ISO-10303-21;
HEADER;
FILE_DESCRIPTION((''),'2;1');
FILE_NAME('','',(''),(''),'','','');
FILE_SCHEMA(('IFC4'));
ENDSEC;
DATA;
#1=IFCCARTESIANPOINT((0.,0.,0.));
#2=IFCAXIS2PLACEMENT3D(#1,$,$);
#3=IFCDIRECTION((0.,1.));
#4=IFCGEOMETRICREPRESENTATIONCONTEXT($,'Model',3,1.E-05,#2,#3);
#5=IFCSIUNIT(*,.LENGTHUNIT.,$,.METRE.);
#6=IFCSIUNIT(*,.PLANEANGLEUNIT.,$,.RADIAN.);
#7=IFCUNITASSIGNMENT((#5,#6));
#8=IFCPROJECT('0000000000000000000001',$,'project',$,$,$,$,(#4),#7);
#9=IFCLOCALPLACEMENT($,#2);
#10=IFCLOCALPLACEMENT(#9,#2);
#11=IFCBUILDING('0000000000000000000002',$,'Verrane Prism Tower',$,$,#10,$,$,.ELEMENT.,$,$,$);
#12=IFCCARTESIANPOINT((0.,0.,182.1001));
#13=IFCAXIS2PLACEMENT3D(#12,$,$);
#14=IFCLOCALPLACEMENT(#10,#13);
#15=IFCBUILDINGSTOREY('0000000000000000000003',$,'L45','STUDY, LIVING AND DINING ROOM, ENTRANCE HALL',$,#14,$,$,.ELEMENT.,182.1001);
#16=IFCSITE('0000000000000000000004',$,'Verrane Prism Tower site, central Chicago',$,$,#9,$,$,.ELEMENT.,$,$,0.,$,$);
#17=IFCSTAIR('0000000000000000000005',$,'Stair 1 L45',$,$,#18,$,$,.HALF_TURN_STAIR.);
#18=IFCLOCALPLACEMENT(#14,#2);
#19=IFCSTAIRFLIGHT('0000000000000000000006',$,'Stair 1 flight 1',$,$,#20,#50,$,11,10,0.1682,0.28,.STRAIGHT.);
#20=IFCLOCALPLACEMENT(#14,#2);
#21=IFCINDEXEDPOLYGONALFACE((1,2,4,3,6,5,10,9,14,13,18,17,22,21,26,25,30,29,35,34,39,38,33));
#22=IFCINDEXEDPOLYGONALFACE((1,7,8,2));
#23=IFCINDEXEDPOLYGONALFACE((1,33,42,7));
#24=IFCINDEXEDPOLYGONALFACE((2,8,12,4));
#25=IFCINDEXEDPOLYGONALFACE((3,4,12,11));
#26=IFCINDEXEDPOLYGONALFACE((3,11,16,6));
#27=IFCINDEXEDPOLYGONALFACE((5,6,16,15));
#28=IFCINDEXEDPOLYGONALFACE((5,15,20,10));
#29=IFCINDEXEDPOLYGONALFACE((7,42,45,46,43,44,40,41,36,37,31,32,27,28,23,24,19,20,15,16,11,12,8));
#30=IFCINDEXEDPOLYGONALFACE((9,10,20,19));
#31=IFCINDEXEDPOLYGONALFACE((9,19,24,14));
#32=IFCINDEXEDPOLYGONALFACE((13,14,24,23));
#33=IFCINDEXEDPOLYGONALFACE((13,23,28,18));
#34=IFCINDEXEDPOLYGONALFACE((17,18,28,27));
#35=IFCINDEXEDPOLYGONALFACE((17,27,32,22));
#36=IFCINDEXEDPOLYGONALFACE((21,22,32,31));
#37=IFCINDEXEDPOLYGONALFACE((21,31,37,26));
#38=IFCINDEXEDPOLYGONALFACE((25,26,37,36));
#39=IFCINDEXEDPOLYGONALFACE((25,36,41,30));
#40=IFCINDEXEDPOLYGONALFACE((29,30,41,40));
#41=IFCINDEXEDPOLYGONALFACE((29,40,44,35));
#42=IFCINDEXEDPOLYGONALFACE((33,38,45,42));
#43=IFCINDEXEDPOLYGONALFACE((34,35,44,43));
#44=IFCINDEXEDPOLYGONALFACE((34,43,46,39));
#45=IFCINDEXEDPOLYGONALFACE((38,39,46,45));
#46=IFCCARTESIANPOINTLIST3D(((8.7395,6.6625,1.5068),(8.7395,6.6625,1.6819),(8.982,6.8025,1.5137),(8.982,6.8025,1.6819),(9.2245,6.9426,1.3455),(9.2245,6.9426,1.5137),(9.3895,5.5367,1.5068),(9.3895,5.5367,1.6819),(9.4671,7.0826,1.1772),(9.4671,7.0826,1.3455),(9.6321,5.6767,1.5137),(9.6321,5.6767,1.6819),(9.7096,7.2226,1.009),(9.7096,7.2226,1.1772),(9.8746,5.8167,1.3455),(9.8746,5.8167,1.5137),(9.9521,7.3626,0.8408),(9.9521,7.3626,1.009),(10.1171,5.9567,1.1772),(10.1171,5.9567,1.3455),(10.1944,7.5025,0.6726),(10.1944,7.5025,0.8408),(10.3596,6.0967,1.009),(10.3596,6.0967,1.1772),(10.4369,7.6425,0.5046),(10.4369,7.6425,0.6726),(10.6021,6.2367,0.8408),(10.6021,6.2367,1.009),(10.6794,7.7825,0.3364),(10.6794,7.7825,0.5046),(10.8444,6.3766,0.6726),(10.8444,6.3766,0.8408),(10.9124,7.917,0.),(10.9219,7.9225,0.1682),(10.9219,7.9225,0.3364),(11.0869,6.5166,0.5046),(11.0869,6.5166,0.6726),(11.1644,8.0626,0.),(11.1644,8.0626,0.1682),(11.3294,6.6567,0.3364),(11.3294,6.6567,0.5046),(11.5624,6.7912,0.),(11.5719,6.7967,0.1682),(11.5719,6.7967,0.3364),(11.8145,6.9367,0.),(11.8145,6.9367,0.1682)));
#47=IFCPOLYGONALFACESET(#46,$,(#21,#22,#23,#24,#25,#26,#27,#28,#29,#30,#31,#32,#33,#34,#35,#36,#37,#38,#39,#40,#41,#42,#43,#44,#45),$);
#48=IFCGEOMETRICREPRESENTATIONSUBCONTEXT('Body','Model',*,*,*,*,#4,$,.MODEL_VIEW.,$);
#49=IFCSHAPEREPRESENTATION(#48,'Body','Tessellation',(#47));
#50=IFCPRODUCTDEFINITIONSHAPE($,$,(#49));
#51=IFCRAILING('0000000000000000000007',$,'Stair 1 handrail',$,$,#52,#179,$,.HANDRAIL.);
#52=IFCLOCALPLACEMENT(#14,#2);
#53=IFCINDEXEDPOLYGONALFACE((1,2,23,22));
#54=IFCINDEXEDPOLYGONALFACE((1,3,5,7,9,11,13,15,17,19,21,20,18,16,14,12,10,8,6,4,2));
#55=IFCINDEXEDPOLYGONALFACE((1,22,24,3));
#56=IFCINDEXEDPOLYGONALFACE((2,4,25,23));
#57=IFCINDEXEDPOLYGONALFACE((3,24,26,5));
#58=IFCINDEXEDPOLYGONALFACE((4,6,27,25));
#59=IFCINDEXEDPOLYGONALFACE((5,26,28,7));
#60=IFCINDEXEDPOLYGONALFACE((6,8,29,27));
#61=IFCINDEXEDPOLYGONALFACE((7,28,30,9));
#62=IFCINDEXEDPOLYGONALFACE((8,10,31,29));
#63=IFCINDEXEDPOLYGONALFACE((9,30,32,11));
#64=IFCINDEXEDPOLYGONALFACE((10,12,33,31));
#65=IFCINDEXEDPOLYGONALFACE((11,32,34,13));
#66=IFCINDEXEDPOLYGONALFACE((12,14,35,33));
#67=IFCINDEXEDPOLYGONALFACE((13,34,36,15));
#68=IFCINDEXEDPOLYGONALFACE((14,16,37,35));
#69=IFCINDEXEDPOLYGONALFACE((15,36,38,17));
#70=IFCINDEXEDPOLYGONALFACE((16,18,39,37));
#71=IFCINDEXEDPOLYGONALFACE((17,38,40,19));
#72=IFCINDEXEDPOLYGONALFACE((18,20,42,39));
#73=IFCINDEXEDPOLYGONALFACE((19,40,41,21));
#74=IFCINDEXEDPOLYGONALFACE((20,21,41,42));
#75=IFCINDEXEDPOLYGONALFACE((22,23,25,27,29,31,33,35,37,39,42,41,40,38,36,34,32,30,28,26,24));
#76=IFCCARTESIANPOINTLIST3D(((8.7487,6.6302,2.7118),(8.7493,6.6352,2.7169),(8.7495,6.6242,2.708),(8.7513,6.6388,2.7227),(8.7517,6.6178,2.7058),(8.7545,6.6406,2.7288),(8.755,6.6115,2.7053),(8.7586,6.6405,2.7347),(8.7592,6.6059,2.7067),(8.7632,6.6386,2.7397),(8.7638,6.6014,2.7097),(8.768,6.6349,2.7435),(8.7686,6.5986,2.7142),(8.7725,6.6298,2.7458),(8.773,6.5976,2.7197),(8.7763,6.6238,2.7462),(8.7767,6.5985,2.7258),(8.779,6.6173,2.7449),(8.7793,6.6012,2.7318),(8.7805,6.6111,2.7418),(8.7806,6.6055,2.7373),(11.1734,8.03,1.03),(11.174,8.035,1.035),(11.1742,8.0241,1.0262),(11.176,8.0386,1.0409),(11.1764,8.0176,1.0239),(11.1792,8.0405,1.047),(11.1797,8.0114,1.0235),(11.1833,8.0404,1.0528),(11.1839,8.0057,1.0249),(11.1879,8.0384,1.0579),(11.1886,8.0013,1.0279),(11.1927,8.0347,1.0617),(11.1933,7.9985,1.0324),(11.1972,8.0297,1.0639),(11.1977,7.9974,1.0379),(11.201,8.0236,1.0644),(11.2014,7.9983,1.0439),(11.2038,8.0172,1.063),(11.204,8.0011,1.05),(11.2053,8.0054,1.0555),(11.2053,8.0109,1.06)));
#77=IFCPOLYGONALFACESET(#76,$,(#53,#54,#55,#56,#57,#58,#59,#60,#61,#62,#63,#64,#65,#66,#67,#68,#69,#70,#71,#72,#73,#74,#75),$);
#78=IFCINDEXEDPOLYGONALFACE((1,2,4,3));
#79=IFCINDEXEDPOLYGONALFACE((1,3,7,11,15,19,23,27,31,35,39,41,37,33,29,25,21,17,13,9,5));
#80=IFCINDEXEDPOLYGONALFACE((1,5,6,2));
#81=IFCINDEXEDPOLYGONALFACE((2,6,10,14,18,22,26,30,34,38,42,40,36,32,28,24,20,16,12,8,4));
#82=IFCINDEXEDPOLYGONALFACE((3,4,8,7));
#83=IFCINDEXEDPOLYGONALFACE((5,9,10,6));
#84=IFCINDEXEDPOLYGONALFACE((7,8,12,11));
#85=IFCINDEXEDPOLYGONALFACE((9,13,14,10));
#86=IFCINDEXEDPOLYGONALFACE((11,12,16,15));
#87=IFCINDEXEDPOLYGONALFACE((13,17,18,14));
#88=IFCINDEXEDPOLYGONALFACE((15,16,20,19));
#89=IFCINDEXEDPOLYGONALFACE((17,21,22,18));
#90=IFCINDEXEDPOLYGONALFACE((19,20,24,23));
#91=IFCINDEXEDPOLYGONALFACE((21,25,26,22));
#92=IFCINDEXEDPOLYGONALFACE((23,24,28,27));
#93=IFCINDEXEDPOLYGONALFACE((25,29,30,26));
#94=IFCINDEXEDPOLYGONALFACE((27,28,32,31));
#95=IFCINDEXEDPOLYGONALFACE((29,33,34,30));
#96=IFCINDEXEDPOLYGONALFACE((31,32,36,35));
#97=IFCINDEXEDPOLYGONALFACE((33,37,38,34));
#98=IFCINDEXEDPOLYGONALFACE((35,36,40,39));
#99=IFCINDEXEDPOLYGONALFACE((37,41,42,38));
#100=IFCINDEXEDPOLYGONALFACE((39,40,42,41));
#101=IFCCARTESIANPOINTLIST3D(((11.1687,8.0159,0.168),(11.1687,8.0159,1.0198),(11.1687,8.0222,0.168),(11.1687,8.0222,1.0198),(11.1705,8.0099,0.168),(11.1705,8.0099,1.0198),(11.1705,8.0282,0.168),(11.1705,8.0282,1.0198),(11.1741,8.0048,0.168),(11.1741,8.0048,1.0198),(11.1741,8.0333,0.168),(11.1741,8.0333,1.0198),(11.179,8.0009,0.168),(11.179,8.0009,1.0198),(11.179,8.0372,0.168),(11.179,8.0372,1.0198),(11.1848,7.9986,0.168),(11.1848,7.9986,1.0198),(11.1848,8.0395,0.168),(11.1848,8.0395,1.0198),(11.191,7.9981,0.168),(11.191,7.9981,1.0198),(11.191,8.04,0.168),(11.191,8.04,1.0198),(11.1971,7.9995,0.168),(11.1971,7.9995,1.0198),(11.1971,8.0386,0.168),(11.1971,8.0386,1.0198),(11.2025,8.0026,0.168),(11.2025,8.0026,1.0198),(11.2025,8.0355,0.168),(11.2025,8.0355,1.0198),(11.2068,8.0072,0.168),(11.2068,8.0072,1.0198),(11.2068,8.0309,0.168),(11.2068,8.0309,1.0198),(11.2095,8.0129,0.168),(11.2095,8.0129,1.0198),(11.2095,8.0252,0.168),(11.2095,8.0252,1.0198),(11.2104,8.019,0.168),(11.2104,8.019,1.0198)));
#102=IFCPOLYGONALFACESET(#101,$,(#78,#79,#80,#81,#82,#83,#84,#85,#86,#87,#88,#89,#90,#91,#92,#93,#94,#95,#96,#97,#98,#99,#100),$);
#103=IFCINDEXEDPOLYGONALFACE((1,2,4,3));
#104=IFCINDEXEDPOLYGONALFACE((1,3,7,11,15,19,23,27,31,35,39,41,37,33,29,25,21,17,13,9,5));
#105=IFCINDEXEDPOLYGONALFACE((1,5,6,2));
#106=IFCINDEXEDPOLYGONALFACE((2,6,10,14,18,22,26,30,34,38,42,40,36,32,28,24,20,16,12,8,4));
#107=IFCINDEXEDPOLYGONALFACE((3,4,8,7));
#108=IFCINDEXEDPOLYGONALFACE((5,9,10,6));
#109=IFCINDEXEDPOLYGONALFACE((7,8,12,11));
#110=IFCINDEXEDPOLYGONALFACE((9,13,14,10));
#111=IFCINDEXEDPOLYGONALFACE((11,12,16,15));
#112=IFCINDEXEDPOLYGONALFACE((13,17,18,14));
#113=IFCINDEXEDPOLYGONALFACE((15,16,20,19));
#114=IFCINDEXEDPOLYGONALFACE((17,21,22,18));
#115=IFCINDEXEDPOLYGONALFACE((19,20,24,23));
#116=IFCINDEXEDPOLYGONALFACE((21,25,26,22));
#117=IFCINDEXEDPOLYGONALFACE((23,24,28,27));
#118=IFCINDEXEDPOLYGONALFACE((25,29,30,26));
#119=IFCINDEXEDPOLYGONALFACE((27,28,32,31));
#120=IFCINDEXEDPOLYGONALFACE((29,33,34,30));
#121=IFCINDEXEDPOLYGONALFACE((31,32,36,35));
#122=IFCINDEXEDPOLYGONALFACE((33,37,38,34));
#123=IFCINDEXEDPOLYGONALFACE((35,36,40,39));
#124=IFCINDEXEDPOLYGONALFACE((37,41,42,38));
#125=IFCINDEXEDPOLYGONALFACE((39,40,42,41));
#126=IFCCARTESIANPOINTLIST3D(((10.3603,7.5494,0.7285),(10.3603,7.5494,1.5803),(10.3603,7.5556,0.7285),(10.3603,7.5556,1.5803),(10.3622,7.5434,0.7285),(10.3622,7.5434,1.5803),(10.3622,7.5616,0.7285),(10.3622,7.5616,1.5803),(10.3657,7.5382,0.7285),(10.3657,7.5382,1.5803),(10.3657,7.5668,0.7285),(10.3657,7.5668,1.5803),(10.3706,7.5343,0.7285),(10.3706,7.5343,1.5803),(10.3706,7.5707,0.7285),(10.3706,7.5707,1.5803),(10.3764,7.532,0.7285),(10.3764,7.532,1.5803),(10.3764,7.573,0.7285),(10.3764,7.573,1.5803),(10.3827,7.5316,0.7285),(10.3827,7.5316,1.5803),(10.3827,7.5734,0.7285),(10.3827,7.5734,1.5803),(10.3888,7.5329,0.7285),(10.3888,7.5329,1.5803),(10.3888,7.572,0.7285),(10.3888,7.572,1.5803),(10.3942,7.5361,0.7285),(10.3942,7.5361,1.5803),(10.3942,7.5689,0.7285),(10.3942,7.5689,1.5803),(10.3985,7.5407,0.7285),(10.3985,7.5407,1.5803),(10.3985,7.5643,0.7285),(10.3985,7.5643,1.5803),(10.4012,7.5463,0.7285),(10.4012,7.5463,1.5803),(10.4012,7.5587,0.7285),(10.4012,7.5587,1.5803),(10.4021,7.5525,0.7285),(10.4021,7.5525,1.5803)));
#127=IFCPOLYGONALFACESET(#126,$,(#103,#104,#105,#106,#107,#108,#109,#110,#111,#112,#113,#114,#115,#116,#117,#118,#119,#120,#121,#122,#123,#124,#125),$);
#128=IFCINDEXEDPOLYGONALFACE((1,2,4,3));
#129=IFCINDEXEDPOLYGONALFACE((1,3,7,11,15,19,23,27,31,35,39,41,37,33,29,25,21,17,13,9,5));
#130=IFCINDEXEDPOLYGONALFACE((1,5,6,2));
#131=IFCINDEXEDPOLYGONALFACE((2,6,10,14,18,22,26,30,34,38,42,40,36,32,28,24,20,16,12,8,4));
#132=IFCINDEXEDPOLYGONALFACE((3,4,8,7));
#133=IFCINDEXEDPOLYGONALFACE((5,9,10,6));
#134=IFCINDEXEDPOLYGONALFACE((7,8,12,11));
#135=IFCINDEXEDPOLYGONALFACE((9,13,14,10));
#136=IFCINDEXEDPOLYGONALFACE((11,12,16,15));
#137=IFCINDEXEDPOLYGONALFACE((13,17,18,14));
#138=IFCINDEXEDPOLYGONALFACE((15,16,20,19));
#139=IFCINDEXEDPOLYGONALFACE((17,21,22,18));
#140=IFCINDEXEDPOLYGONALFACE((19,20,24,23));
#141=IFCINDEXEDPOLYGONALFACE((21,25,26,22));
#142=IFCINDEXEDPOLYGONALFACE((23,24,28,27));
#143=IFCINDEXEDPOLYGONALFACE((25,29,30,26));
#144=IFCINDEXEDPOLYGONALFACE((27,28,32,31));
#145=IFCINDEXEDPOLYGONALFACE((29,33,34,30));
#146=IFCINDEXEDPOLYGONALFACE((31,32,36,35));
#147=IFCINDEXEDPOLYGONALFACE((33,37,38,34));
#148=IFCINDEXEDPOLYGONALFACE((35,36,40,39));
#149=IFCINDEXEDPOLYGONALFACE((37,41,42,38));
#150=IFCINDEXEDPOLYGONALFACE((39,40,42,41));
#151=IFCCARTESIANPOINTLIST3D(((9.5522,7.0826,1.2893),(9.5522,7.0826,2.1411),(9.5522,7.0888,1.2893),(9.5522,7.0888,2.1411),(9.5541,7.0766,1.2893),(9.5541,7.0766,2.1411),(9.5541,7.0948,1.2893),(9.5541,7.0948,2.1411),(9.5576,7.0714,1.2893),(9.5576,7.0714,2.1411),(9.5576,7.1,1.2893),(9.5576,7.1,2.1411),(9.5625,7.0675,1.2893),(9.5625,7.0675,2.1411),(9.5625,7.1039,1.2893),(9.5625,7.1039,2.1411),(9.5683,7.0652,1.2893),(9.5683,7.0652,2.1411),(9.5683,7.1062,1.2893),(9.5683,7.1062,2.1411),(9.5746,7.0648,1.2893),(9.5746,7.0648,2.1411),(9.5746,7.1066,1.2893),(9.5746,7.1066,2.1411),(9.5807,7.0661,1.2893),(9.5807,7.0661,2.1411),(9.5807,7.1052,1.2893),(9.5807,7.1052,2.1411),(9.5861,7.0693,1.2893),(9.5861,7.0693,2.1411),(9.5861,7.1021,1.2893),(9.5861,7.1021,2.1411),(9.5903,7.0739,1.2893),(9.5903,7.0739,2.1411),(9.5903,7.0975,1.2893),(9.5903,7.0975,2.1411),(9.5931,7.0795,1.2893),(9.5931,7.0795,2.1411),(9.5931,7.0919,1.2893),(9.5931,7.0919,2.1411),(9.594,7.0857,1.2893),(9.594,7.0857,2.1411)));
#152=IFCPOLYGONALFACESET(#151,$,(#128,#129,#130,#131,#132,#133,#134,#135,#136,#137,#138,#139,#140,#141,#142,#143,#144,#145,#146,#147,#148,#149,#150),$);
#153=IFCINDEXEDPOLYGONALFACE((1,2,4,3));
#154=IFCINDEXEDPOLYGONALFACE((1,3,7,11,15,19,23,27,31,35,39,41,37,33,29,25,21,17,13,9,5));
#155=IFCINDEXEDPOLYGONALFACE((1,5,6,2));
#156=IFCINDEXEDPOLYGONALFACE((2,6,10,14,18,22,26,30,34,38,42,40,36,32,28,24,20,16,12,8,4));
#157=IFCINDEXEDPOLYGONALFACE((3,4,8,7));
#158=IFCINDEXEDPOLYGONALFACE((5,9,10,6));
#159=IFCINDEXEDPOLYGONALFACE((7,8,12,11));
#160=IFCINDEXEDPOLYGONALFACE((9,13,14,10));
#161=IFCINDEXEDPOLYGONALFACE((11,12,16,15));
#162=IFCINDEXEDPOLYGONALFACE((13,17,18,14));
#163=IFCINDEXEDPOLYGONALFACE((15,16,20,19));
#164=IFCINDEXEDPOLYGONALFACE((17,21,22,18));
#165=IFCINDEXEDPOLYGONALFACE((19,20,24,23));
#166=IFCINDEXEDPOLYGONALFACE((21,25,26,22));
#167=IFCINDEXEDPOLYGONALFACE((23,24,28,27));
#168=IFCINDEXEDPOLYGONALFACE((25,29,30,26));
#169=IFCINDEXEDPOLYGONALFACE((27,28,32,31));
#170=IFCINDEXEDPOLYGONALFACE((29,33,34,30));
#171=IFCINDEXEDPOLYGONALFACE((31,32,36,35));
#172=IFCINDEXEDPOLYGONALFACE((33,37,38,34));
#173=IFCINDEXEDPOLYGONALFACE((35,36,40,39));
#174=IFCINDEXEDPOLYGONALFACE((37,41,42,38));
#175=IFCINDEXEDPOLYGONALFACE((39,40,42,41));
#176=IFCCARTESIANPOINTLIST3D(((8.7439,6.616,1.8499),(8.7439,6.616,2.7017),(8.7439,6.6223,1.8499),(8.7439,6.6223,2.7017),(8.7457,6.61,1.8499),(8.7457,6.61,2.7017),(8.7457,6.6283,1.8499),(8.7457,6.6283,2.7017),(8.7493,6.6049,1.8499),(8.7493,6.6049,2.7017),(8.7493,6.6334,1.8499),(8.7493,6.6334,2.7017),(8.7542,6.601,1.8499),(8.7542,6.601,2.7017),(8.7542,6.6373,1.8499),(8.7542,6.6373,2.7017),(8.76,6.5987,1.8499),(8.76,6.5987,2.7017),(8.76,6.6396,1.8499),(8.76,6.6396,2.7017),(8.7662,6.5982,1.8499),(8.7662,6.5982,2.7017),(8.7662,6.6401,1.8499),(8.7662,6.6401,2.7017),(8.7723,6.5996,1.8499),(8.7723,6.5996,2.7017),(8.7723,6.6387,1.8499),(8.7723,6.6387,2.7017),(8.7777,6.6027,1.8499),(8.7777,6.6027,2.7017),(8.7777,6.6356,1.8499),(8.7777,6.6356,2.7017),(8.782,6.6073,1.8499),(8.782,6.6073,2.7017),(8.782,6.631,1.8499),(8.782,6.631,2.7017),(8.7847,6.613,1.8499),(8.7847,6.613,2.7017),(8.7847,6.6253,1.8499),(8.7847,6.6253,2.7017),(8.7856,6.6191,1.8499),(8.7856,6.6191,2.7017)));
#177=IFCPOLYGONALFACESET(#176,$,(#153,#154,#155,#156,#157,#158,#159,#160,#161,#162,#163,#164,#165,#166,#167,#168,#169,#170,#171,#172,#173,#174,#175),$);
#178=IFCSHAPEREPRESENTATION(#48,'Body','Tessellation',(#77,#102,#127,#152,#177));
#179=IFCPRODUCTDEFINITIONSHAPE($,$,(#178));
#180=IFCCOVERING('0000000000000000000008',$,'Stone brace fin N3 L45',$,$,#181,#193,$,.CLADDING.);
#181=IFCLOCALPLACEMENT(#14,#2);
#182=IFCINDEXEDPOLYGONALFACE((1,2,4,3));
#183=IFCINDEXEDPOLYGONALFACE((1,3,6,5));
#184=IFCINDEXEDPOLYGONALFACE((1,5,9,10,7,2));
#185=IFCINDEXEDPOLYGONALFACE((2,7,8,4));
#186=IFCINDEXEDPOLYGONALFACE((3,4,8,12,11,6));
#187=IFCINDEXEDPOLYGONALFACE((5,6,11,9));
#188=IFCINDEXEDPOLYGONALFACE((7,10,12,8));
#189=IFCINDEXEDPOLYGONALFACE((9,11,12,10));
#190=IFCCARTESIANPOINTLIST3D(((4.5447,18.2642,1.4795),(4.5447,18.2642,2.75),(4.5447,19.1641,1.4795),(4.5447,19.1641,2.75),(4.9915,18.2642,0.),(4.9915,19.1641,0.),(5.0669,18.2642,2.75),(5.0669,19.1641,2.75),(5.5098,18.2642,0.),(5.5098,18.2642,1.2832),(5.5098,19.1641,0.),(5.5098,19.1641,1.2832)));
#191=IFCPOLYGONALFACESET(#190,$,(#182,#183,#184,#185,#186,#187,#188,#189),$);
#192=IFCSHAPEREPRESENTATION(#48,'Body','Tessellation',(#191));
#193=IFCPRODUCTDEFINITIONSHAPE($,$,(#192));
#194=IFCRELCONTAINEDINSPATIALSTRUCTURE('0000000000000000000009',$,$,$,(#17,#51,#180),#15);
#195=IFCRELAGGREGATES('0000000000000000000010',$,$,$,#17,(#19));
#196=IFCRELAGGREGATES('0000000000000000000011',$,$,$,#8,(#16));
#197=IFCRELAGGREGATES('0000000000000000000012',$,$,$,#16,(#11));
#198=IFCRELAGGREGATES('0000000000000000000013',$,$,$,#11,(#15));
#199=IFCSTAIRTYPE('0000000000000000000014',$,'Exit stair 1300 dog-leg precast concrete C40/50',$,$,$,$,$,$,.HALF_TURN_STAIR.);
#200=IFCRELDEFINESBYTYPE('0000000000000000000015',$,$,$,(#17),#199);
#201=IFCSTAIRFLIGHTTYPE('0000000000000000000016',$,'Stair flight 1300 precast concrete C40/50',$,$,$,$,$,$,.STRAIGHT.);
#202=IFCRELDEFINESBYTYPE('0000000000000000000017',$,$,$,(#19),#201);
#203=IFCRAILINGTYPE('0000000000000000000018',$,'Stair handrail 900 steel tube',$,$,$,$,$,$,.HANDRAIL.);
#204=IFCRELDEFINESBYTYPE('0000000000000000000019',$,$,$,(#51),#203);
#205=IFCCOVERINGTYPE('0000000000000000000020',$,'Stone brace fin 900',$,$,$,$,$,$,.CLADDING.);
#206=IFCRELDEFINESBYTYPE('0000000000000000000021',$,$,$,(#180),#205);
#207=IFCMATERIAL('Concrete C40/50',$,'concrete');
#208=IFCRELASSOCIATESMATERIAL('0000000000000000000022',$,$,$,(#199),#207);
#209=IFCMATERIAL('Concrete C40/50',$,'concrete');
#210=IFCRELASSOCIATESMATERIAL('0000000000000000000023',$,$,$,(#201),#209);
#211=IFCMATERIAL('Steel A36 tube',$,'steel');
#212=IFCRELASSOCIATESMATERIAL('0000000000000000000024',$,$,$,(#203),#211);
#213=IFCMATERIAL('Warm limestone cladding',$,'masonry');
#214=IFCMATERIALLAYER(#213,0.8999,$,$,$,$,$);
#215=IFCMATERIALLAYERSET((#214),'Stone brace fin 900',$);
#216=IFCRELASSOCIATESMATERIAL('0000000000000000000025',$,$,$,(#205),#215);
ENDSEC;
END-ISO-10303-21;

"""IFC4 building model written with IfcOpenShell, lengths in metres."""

from ifc_helpers import new_model, si_unit, direction, frame, origin, origin_2d, place, context, subcontext, project, spatial, polyline, circle, outline, extrude, material, layer, layer_set, type_object, element, aggregate, save


model = new_model("IFC4")

# Units and contexts
model_context = context("Model", 3, precision=1e-05, world=origin(), true_north=direction((0.0, 1.0)))
body_context = subcontext(model_context, "Body", "Model", "MODEL_VIEW")
ifc_project = project(units=[si_unit("LENGTHUNIT", "METRE"), si_unit("PLANEANGLEUNIT", "RADIAN")], contexts=[model_context])

# Site, building, storey
site_placement = place(None, origin())
site = spatial("IfcSite", under=ifc_project, at=site_placement, Name="Verrane Prism Tower site, central Chicago", CompositionType="ELEMENT", RefElevation=0.0)
building_placement = place(site_placement, origin())
building = spatial("IfcBuilding", under=site, at=building_placement, Name="Verrane Prism Tower", CompositionType="ELEMENT")
storey_placement = place(building_placement, frame((0.0, 0.0, 182.1001)))
storey = spatial("IfcBuildingStorey", under=building, at=storey_placement, Name="L45", Description="STUDY, LIVING AND DINING ROOM, ENTRANCE HALL", CompositionType="ELEMENT", Elevation=182.1001)

# Stair, stair flight
ifc_material_1 = material(Name="Concrete C40/50", Category="concrete")
stair_type = type_object("IfcStairType", Name="Exit stair 1300 dog-leg precast concrete C40/50", PredefinedType="HALF_TURN_STAIR", material=ifc_material_1)
stair_placement = place(storey_placement, origin())
stair = element("IfcStair", 1, at=stair_placement, inside=storey, type_object=stair_type, Name="Stair 1 L45", PredefinedType="HALF_TURN_STAIR")
ifc_material_2 = material(Name="Concrete C40/50", Category="concrete")
stair_flight_type = type_object("IfcStairFlightType", Name="Stair flight 1300 precast concrete C40/50", PredefinedType="STRAIGHT", material=ifc_material_2)
stair_flight_placement = place(storey_placement, frame((11.4895, 7.4995, 0.0), z_axis=(0.0, 0.0, 1.0), x_axis=(-0.866025, -0.5, 0.0)))
stair_flight = element("IfcStairFlight", 2, at=stair_flight_placement, type_object=stair_flight_type, Name="Stair 1 flight 1", NumberOfRisers=11, NumberOfTreads=10, PredefinedType="STRAIGHT", RiserHeight=0.1682, TreadLength=0.28, context=body_context, shape_type="SweptSolid", body=[
    extrude(outline(polyline([(0.0, 0.0), (0.0, 0.1682), (0.28, 0.1682), (0.28, 0.3364), (0.5601, 0.3364), (0.5601, 0.5046), (0.8401, 0.5046), (0.8401, 0.6726), (1.1201, 0.6726), (1.1201, 0.8408), (1.3999, 0.8408), (1.3999, 1.009), (1.6799, 1.009), (1.6799, 1.1772), (1.96, 1.1772), (1.96, 1.3455), (2.24, 1.3455), (2.24, 1.5137), (2.52, 1.5137), (2.52, 1.6819), (2.8, 1.6819), (2.8, 1.8501), (2.8, 1.5068), (0.291, 0.0), (0.0, 0.0)])), frame((0.0, 0.6499, 0.0), z_axis=(0.0, -1.0, 0.0), x_axis=(1.0, 0.0, 0.0)), (0.0, 0.0, 1.0), 1.3),
])
aggregate(stair, [stair_flight])

# Railing
ifc_material_3 = material(Name="Steel A36 tube", Category="steel")
railing_type = type_object("IfcRailingType", Name="Stair handrail 900 steel tube", PredefinedType="HANDRAIL", material=ifc_material_3)
railing_placement = place(storey_placement, frame((11.1895, 8.019, 0.168)))
element("IfcRailing", 3, at=railing_placement, inside=storey, type_object=railing_type, Name="Stair 1 handrail", PredefinedType="HANDRAIL", context=body_context, shape_type="SweptSolid", body=[
    extrude(circle(Radius=0.0239, at=origin_2d()), frame((0.0, 0.0, 0.876), z_axis=(-0.74239, -0.428601, 0.514934), x_axis=(0.499984, -0.866035, 0.0)), (0.0, 0.0, 1.0), 3.2661),
    extrude(circle(Radius=0.021, at=origin_2d()), origin(), (0.0, 0.0, 1.0), 0.8518),
    extrude(circle(Radius=0.021, at=origin_2d()), frame((-0.8083, -0.4666, 0.5605)), (0.0, 0.0, 1.0), 0.8518),
    extrude(circle(Radius=0.021, at=origin_2d()), frame((-1.6165, -0.9333, 1.1213)), (0.0, 0.0, 1.0), 0.8518),
    extrude(circle(Radius=0.021, at=origin_2d()), frame((-2.4248, -1.3999, 1.6819)), (0.0, 0.0, 1.0), 0.8518),
])

# Covering
ifc_material_4 = material(Name="Warm limestone cladding", Category="masonry")
ifc_layer_1 = layer(ifc_material_4, 0.8999)
ifc_layer_set_1 = layer_set([ifc_layer_1], Name="Stone brace fin 900")
covering_type = type_object("IfcCoveringType", Name="Stone brace fin 900", PredefinedType="CLADDING", material=ifc_layer_set_1)
covering_placement = place(storey_placement, frame((5.5098, 18.7141, 0.0), z_axis=(0.0, 0.0, 1.0), x_axis=(-1.0, 0.0, 0.0)))
element("IfcCovering", 4, at=covering_placement, inside=storey, type_object=covering_type, Name="Stone brace fin N3 L45", PredefinedType="CLADDING", context=body_context, shape_type="SweptSolid", body=[
    extrude(outline(polyline([(0.9651, 2.75), (0.4429, 2.75), (0.0, 1.2832), (0.0, 0.0), (0.5183, 0.0), (0.9651, 1.4795), (0.9651, 2.75)])), frame((0.0, 0.45, 0.0), z_axis=(0.0, -1.0, 0.0), x_axis=(1.0, 0.0, 0.0)), (0.0, 0.0, 1.0), 0.8999),
])

save(model, "model.ifc")
